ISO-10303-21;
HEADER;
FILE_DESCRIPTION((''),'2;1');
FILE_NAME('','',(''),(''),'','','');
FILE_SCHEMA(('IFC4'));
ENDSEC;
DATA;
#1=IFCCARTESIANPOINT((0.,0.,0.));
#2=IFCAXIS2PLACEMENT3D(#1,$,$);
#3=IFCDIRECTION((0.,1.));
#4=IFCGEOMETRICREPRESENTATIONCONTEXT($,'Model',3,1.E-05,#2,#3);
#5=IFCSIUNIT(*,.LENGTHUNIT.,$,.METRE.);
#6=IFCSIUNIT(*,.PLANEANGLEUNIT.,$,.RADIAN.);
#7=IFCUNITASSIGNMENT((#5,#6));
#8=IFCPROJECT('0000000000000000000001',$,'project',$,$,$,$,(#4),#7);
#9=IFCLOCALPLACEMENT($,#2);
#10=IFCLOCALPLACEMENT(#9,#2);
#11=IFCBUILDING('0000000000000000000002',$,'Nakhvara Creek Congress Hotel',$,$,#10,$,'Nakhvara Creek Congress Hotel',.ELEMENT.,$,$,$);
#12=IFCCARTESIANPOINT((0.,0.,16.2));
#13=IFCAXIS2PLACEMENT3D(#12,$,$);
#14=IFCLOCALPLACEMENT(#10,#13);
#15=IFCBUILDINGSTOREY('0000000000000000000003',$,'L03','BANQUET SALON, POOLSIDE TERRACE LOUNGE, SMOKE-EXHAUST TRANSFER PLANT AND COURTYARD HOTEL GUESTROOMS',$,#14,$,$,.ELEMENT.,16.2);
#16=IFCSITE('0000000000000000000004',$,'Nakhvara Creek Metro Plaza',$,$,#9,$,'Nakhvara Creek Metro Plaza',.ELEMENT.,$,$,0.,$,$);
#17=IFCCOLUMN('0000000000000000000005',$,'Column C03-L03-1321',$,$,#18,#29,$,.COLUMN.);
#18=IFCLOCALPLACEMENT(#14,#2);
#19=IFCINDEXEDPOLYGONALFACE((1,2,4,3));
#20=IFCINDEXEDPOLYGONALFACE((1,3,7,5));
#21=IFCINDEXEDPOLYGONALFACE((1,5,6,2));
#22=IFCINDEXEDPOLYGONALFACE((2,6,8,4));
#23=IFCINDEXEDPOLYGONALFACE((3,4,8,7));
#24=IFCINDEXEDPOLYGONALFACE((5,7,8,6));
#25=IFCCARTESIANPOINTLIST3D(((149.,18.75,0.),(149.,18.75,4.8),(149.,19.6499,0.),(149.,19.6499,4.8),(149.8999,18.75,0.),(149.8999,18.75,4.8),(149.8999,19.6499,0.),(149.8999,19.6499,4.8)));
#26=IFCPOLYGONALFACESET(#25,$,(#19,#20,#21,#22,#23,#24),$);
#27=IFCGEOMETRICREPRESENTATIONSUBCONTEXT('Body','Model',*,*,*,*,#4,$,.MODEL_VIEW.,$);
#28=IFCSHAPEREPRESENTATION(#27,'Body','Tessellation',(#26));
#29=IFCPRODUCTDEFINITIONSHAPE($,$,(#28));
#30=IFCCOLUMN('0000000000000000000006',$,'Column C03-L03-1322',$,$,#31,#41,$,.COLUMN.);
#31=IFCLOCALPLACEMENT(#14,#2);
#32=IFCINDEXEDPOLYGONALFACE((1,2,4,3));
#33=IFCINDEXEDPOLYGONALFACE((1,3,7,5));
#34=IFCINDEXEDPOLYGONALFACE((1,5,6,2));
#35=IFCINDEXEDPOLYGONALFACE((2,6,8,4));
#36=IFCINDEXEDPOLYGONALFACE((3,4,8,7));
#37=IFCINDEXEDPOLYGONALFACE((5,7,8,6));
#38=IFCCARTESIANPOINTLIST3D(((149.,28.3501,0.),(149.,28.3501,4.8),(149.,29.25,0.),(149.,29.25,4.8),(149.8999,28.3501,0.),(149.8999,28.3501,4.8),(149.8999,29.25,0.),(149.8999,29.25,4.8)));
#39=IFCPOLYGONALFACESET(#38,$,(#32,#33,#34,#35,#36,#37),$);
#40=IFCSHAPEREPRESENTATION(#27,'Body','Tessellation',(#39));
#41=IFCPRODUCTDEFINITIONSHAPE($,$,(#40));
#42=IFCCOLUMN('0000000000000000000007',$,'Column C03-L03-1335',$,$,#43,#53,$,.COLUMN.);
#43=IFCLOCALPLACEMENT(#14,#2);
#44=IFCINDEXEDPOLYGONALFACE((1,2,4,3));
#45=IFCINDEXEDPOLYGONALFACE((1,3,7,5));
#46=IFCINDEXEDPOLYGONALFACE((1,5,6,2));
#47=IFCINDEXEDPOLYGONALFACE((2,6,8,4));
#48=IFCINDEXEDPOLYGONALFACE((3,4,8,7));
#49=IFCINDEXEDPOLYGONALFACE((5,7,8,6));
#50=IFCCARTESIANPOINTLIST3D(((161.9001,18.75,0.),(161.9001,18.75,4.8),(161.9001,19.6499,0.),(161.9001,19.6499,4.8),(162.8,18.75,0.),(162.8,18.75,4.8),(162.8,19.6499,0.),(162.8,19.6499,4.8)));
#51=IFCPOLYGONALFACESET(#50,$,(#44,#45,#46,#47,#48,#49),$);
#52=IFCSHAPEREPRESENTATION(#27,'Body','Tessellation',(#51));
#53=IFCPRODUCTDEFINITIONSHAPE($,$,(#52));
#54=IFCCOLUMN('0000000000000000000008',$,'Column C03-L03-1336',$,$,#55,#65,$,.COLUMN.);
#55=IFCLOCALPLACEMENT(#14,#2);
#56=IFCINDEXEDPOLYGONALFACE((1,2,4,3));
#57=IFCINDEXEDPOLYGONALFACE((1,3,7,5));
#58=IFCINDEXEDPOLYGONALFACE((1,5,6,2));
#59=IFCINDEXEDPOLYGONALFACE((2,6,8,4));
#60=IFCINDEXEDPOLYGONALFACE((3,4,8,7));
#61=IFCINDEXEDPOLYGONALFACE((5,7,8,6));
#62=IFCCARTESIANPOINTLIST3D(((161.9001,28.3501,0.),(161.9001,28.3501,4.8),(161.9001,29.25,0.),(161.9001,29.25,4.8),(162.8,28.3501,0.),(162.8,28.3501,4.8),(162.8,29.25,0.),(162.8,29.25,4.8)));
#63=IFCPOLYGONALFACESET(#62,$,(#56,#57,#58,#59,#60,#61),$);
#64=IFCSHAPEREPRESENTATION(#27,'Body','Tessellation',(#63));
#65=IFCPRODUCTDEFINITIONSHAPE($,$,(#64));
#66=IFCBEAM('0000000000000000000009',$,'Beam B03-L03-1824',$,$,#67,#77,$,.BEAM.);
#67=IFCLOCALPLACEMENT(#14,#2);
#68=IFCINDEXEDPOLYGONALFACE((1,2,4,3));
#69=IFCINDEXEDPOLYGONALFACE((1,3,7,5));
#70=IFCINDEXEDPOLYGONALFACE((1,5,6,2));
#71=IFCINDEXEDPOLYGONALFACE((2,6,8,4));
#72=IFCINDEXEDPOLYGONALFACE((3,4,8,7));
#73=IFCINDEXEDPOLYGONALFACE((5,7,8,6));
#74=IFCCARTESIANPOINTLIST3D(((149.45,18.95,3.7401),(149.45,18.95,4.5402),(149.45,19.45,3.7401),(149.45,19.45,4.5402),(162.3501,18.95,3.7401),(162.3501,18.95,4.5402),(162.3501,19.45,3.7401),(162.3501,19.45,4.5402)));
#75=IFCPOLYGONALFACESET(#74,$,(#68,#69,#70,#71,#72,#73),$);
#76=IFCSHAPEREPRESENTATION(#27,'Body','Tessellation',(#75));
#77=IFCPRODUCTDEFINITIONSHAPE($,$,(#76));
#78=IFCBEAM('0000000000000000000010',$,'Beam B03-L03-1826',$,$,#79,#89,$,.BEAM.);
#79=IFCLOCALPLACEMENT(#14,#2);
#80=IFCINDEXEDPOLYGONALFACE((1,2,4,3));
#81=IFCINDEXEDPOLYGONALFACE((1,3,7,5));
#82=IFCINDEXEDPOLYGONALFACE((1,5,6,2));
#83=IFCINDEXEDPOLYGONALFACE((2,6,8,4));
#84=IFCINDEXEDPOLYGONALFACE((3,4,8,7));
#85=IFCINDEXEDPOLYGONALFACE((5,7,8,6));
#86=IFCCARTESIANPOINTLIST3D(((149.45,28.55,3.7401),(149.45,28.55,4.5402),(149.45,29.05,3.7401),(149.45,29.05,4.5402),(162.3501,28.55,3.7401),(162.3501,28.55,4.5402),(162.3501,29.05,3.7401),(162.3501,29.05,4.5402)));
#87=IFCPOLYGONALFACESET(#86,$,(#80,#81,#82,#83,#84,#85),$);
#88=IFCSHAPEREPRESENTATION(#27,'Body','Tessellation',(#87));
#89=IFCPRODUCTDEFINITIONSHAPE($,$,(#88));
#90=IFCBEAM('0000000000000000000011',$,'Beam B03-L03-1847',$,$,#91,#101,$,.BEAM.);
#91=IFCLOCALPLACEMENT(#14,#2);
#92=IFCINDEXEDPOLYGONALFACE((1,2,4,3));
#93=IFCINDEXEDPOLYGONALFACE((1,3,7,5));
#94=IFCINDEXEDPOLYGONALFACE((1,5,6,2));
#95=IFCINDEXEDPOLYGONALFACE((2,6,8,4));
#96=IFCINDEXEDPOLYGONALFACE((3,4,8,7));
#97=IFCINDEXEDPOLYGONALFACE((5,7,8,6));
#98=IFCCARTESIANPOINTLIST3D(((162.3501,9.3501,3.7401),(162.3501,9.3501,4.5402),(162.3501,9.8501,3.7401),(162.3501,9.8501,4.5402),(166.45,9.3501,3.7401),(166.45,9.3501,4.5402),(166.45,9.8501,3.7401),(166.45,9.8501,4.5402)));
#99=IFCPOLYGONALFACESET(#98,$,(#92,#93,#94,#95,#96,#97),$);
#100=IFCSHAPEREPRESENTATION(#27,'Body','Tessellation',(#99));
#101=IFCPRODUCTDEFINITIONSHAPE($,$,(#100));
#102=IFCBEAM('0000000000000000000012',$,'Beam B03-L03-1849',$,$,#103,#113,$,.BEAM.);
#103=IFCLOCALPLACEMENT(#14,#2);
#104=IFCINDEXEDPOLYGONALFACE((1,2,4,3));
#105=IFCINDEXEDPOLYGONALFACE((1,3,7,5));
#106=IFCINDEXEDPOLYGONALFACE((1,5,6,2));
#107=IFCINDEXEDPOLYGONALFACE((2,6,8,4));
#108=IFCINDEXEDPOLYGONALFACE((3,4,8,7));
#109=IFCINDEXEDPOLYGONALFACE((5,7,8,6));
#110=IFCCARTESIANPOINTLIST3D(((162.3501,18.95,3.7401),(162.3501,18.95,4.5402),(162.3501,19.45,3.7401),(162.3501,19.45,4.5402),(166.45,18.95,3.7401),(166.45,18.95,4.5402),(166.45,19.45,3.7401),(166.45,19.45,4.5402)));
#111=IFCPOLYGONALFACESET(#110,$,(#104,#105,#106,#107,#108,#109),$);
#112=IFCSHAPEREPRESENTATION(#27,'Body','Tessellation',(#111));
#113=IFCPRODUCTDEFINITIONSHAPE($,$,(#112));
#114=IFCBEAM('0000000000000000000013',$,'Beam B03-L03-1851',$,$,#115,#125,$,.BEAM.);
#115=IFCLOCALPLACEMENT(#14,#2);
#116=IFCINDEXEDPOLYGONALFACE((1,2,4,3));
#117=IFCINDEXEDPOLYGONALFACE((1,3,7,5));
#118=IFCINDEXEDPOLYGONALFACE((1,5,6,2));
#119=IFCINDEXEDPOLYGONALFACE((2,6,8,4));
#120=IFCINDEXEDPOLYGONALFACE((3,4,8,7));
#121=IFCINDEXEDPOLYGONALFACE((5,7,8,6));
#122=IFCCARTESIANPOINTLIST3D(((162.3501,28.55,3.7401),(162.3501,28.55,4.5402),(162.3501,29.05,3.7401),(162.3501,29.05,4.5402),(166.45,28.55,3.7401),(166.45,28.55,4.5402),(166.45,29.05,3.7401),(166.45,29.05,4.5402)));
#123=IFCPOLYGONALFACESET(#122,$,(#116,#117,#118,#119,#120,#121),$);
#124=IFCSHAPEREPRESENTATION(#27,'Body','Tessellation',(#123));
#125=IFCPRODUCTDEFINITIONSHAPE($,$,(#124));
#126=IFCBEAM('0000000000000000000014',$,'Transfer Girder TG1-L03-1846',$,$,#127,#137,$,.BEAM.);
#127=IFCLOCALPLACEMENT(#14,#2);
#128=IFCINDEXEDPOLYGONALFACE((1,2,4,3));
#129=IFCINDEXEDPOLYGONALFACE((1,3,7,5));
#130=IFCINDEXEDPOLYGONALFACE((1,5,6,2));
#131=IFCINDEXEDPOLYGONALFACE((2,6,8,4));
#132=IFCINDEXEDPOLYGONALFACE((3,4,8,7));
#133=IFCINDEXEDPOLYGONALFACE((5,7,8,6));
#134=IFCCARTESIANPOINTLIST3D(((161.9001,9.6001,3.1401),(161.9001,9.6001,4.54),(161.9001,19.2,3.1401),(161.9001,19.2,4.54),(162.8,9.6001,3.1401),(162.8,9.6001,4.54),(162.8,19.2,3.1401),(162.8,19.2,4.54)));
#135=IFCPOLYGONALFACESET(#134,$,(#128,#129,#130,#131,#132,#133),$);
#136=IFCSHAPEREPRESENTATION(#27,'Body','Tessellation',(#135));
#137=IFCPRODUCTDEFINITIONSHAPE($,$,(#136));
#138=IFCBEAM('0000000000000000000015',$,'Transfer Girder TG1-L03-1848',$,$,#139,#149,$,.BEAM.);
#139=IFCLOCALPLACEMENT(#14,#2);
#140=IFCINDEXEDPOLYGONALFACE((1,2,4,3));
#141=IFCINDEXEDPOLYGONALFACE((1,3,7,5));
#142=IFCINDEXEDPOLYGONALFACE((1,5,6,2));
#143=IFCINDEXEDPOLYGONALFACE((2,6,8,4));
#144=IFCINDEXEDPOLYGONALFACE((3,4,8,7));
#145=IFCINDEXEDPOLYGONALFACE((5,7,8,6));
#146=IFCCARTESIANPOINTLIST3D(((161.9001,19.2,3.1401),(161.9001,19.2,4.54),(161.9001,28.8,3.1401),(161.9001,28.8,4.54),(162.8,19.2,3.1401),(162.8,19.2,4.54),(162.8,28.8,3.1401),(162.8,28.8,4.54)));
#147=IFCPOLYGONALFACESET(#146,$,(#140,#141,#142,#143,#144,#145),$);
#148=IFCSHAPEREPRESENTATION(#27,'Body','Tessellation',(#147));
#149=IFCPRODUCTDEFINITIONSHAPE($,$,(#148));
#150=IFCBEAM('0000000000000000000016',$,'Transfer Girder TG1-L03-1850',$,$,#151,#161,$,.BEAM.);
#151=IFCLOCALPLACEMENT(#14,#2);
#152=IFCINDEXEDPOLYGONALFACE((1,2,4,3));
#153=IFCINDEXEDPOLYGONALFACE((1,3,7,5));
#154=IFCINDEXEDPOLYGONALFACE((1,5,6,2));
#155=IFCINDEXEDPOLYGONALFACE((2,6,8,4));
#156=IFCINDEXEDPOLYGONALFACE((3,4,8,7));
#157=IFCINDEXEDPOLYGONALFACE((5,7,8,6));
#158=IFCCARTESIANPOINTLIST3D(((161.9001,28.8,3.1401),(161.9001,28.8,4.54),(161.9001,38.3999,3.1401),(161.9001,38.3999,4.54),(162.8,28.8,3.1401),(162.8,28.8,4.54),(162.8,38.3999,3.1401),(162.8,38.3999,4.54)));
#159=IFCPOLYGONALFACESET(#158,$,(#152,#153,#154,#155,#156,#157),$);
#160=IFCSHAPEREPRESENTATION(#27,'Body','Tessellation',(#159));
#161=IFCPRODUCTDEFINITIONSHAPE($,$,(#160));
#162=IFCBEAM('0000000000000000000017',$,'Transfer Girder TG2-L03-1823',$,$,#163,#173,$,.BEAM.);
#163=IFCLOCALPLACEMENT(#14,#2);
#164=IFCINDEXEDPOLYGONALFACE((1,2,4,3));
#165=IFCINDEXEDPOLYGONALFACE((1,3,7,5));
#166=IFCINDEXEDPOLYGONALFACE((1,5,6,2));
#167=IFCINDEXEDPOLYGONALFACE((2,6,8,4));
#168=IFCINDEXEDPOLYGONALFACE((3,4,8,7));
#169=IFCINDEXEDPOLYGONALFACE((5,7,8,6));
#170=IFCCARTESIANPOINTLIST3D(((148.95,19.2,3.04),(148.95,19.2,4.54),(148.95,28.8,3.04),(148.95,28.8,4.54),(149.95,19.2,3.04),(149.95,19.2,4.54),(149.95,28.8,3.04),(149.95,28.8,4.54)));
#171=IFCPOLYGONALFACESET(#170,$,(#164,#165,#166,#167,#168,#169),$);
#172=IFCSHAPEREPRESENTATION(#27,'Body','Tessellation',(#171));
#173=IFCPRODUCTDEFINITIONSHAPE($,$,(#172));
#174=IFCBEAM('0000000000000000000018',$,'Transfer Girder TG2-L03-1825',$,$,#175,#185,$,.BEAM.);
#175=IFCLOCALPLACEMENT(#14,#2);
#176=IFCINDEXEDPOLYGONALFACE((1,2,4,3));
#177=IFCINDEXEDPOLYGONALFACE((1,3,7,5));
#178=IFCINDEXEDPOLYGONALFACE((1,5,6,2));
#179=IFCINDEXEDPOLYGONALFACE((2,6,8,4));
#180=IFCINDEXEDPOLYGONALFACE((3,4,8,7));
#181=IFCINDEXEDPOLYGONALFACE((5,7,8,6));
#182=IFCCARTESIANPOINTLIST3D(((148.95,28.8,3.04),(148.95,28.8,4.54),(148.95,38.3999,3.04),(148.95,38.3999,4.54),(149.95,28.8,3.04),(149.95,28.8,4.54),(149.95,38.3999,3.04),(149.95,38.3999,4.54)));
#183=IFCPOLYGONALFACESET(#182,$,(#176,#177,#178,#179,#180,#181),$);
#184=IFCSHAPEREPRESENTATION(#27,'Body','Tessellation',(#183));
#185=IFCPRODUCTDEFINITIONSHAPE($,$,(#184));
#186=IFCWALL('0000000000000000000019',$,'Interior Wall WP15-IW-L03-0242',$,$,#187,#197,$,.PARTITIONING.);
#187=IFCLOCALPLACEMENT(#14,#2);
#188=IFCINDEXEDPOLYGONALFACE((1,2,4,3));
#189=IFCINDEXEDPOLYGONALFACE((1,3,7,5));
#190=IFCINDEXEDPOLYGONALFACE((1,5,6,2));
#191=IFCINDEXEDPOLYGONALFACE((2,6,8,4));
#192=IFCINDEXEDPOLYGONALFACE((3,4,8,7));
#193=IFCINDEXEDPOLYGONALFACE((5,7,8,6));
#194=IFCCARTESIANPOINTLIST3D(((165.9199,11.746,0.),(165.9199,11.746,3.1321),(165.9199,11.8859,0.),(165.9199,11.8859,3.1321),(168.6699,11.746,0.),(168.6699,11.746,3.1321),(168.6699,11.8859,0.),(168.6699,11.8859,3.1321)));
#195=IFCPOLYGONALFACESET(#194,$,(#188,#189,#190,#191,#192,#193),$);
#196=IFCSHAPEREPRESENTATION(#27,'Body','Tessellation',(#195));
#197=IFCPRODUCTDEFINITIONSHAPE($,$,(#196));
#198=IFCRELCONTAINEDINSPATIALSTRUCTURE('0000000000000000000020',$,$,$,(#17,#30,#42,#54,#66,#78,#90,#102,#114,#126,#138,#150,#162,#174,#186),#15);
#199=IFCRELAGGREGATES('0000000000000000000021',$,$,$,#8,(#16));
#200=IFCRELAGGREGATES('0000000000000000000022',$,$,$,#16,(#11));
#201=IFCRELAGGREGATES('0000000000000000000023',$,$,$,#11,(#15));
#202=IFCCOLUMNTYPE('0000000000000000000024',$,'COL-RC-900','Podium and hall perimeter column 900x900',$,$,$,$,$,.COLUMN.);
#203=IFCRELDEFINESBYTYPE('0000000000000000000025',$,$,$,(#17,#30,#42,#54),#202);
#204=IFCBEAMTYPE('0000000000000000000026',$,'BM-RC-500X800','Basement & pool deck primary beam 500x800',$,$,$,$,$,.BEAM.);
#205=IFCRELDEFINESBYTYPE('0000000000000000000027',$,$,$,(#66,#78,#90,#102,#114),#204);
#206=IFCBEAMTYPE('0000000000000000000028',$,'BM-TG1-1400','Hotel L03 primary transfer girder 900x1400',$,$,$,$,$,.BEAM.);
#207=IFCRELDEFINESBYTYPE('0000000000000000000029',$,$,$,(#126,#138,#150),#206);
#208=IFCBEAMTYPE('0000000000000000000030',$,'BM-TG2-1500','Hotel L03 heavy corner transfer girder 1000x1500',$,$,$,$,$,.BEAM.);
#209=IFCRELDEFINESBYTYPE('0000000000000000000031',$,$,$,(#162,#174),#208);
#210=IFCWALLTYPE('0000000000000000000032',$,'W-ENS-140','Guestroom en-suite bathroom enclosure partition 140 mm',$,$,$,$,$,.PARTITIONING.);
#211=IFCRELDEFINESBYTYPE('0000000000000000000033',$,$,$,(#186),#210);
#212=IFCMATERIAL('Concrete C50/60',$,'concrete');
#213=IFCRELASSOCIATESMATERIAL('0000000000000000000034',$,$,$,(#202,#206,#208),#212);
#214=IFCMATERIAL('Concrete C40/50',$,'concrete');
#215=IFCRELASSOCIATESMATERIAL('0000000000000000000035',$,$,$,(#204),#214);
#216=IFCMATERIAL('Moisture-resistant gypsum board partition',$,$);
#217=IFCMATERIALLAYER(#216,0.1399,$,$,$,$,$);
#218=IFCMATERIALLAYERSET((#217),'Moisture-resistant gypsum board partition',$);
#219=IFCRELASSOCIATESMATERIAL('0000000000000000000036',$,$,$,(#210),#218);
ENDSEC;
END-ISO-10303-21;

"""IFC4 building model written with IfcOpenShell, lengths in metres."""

from ifc_helpers import new_model, si_unit, direction, frame, frame_2d, origin, origin_2d, place, context, subcontext, project, spatial, rectangle, extrude, material, layer, layer_set, material_profile, profile_set, type_object, element, save


model = new_model("IFC4")

# Units and contexts
model_context = context("Model", 3, precision=1e-05, world=origin(), true_north=direction((0.0, 1.0)))
body_context = subcontext(model_context, "Body", "Model", "MODEL_VIEW")
ifc_project = project(units=[si_unit("LENGTHUNIT", "METRE"), si_unit("PLANEANGLEUNIT", "RADIAN")], contexts=[model_context])

# Site, building, storey
site_placement = place(None, origin())
site = spatial("IfcSite", under=ifc_project, at=site_placement, Name="Nakhvara Creek Metro Plaza", LongName="Nakhvara Creek Metro Plaza", CompositionType="ELEMENT", RefElevation=0.0)
building_placement = place(site_placement, origin())
building = spatial("IfcBuilding", under=site, at=building_placement, Name="Nakhvara Creek Congress Hotel", LongName="Nakhvara Creek Congress Hotel", CompositionType="ELEMENT")
storey_placement = place(building_placement, frame((0.0, 0.0, 16.2)))
storey = spatial("IfcBuildingStorey", under=building, at=storey_placement, Name="L03", Description="BANQUET SALON, POOLSIDE TERRACE LOUNGE, SMOKE-EXHAUST TRANSFER PLANT AND COURTYARD HOTEL GUESTROOMS", CompositionType="ELEMENT", Elevation=16.2)

# Columns
ifc_material_1 = material(Name="Concrete C50/60", Category="concrete")
ifc_material_profile_1 = material_profile(ifc_material_1, rectangle(XDim=0.8999, YDim=0.8999, at=origin_2d()), Name="RC-COL 900x900", Category="LoadBearing")
ifc_profile_set_1 = profile_set([ifc_material_profile_1], Name="Concrete C50/60")
column_type = type_object("IfcColumnType", Name="COL-RC-900", Description="Podium and hall perimeter column 900x900", PredefinedType="COLUMN", material=ifc_profile_set_1)
for number, where, z_axis, x_axis, name in (
    (1, (149.45, 19.2, 0.0), (0.0, 0.0, 1.0), (1.0, 0.0, 0.0), "Column C03-L03-1321"),
    (2, (149.45, 28.8, 0.0), (0.0, 0.0, 1.0), (1.0, 0.0, 0.0), "Column C03-L03-1322"),
    (3, (162.3501, 19.2, 0.0), (0.0, 0.0, 1.0), (1.0, 0.0, 0.0), "Column C03-L03-1335"),
    (4, (162.3501, 28.8, 0.0), (0.0, 0.0, 1.0), (1.0, 0.0, 0.0), "Column C03-L03-1336"),
):
    element("IfcColumn", number, at=place(storey_placement, frame(where, z_axis=z_axis, x_axis=x_axis)), inside=storey, type_object=column_type, Name=name, PredefinedType="COLUMN", context=body_context, shape_type="SweptSolid", body=[
        extrude(rectangle(XDim=0.8999, YDim=0.8999, at=origin_2d()), origin(), (0.0, 0.0, 1.0), 4.8),
    ])

# Beams
ifc_material_2 = material(Name="Concrete C40/50", Category="concrete")
ifc_material_profile_2 = material_profile(ifc_material_2, rectangle(XDim=0.5, YDim=0.8, at=origin_2d()), Name="RC-BM 500x800", Category="LoadBearing")
ifc_profile_set_2 = profile_set([ifc_material_profile_2], Name="Concrete C40/50")
beam_type_1 = type_object("IfcBeamType", Name="BM-RC-500X800", Description="Basement & pool deck primary beam 500x800", PredefinedType="BEAM", material=ifc_profile_set_2)
for number, where, z_axis, x_axis, name in (
    (5, (149.45, 19.2, 4.1401), (1.0, 0.0, 0.0), (0.0, 1.0, 0.0), "Beam B03-L03-1824"),
    (6, (149.45, 28.8, 4.1401), (1.0, 0.0, 0.0), (0.0, 1.0, 0.0), "Beam B03-L03-1826"),
):
    element("IfcBeam", number, at=place(storey_placement, frame(where, z_axis=z_axis, x_axis=x_axis)), inside=storey, type_object=beam_type_1, Name=name, PredefinedType="BEAM", context=body_context, shape_type="SweptSolid", body=[
        extrude(rectangle(XDim=0.5, YDim=0.8, at=origin_2d()), origin(), (0.0, 0.0, 1.0), 12.9001),
    ])
for number, where, z_axis, x_axis, name in (
    (7, (162.3501, 9.6001, 4.1401), (1.0, 0.0, 0.0), (0.0, 1.0, 0.0), "Beam B03-L03-1847"),
    (8, (162.3501, 19.2, 4.1401), (1.0, 0.0, 0.0), (0.0, 1.0, 0.0), "Beam B03-L03-1849"),
    (9, (162.3501, 28.8, 4.1401), (1.0, 0.0, 0.0), (0.0, 1.0, 0.0), "Beam B03-L03-1851"),
):
    element("IfcBeam", number, at=place(storey_placement, frame(where, z_axis=z_axis, x_axis=x_axis)), inside=storey, type_object=beam_type_1, Name=name, PredefinedType="BEAM", context=body_context, shape_type="SweptSolid", body=[
        extrude(rectangle(XDim=0.5, YDim=0.8, at=origin_2d()), origin(), (0.0, 0.0, 1.0), 4.0999),
    ])
ifc_material_profile_3 = material_profile(ifc_material_1, rectangle(XDim=0.8999, YDim=1.3999, at=origin_2d()), Name="RC-TG 900x1400", Category="LoadBearing")
ifc_profile_set_3 = profile_set([ifc_material_profile_3], Name="Concrete C50/60")
beam_type_2 = type_object("IfcBeamType", Name="BM-TG1-1400", Description="Hotel L03 primary transfer girder 900x1400", PredefinedType="BEAM", material=ifc_profile_set_3)
beam_1_placement = place(storey_placement, frame((162.3501, 9.6001, 3.8401), z_axis=(0.0, 1.0, 0.0), x_axis=(-1.0, 0.0, 0.0)))
element("IfcBeam", 10, at=beam_1_placement, inside=storey, type_object=beam_type_2, Name="Transfer Girder TG1-L03-1846", PredefinedType="BEAM", context=body_context, shape_type="SweptSolid", body=[
    extrude(rectangle(XDim=0.8999, YDim=1.3999, at=origin_2d()), origin(), (0.0, 0.0, 1.0), 9.5999),
])
beam_2_placement = place(storey_placement, frame((162.3501, 19.2, 3.8401), z_axis=(0.0, 1.0, 0.0), x_axis=(-1.0, 0.0, 0.0)))
element("IfcBeam", 11, at=beam_2_placement, inside=storey, type_object=beam_type_2, Name="Transfer Girder TG1-L03-1848", PredefinedType="BEAM", context=body_context, shape_type="SweptSolid", body=[
    extrude(rectangle(XDim=0.8999, YDim=1.3999, at=origin_2d()), origin(), (0.0, 0.0, 1.0), 9.6001),
])
beam_3_placement = place(storey_placement, frame((162.3501, 28.8, 3.8401), z_axis=(0.0, 1.0, 0.0), x_axis=(-1.0, 0.0, 0.0)))
element("IfcBeam", 12, at=beam_3_placement, inside=storey, type_object=beam_type_2, Name="Transfer Girder TG1-L03-1850", PredefinedType="BEAM", context=body_context, shape_type="SweptSolid", body=[
    extrude(rectangle(XDim=0.8999, YDim=1.3999, at=origin_2d()), origin(), (0.0, 0.0, 1.0), 9.5999),
])
ifc_material_profile_4 = material_profile(ifc_material_1, rectangle(XDim=1.0, YDim=1.5, at=origin_2d()), Name="RC-TG 1000x1500", Category="LoadBearing")
ifc_profile_set_4 = profile_set([ifc_material_profile_4], Name="Concrete C50/60")
beam_type_3 = type_object("IfcBeamType", Name="BM-TG2-1500", Description="Hotel L03 heavy corner transfer girder 1000x1500", PredefinedType="BEAM", material=ifc_profile_set_4)
beam_4_placement = place(storey_placement, frame((149.45, 19.2, 3.79), z_axis=(0.0, 1.0, 0.0), x_axis=(-1.0, 0.0, 0.0)))
element("IfcBeam", 13, at=beam_4_placement, inside=storey, type_object=beam_type_3, Name="Transfer Girder TG2-L03-1823", PredefinedType="BEAM", context=body_context, shape_type="SweptSolid", body=[
    extrude(rectangle(XDim=1.0, YDim=1.5, at=origin_2d()), origin(), (0.0, 0.0, 1.0), 9.6001),
])
beam_5_placement = place(storey_placement, frame((149.45, 28.8, 3.79), z_axis=(0.0, 1.0, 0.0), x_axis=(-1.0, 0.0, 0.0)))
element("IfcBeam", 14, at=beam_5_placement, inside=storey, type_object=beam_type_3, Name="Transfer Girder TG2-L03-1825", PredefinedType="BEAM", context=body_context, shape_type="SweptSolid", body=[
    extrude(rectangle(XDim=1.0, YDim=1.5, at=origin_2d()), origin(), (0.0, 0.0, 1.0), 9.5999),
])

# Wall
ifc_material_3 = material(Name="Moisture-resistant gypsum board partition")
ifc_layer_1 = layer(ifc_material_3, 0.1399)
ifc_layer_set_1 = layer_set([ifc_layer_1], Name="Moisture-resistant gypsum board partition")
wall_type_1 = type_object("IfcWallType", Name="W-ENS-140", Description="Guestroom en-suite bathroom enclosure partition 140 mm", PredefinedType="PARTITIONING", material=ifc_layer_set_1)
wall_1_placement = place(storey_placement, frame((165.9199, 11.8159, 0.0), z_axis=(0.0, 0.0, 1.0), x_axis=(1.0, 0.0, 0.0)))
element("IfcWall", 15, at=wall_1_placement, inside=storey, type_object=wall_type_1, Name="Interior Wall WP15-IW-L03-0242", PredefinedType="PARTITIONING", context=body_context, shape_type="SweptSolid", body=[
    extrude(rectangle(XDim=2.75, YDim=0.1399, at=frame_2d((1.375, 0.0))), origin(), (0.0, 0.0, 1.0), 3.1321),
])

save(model, "model.ifc")
